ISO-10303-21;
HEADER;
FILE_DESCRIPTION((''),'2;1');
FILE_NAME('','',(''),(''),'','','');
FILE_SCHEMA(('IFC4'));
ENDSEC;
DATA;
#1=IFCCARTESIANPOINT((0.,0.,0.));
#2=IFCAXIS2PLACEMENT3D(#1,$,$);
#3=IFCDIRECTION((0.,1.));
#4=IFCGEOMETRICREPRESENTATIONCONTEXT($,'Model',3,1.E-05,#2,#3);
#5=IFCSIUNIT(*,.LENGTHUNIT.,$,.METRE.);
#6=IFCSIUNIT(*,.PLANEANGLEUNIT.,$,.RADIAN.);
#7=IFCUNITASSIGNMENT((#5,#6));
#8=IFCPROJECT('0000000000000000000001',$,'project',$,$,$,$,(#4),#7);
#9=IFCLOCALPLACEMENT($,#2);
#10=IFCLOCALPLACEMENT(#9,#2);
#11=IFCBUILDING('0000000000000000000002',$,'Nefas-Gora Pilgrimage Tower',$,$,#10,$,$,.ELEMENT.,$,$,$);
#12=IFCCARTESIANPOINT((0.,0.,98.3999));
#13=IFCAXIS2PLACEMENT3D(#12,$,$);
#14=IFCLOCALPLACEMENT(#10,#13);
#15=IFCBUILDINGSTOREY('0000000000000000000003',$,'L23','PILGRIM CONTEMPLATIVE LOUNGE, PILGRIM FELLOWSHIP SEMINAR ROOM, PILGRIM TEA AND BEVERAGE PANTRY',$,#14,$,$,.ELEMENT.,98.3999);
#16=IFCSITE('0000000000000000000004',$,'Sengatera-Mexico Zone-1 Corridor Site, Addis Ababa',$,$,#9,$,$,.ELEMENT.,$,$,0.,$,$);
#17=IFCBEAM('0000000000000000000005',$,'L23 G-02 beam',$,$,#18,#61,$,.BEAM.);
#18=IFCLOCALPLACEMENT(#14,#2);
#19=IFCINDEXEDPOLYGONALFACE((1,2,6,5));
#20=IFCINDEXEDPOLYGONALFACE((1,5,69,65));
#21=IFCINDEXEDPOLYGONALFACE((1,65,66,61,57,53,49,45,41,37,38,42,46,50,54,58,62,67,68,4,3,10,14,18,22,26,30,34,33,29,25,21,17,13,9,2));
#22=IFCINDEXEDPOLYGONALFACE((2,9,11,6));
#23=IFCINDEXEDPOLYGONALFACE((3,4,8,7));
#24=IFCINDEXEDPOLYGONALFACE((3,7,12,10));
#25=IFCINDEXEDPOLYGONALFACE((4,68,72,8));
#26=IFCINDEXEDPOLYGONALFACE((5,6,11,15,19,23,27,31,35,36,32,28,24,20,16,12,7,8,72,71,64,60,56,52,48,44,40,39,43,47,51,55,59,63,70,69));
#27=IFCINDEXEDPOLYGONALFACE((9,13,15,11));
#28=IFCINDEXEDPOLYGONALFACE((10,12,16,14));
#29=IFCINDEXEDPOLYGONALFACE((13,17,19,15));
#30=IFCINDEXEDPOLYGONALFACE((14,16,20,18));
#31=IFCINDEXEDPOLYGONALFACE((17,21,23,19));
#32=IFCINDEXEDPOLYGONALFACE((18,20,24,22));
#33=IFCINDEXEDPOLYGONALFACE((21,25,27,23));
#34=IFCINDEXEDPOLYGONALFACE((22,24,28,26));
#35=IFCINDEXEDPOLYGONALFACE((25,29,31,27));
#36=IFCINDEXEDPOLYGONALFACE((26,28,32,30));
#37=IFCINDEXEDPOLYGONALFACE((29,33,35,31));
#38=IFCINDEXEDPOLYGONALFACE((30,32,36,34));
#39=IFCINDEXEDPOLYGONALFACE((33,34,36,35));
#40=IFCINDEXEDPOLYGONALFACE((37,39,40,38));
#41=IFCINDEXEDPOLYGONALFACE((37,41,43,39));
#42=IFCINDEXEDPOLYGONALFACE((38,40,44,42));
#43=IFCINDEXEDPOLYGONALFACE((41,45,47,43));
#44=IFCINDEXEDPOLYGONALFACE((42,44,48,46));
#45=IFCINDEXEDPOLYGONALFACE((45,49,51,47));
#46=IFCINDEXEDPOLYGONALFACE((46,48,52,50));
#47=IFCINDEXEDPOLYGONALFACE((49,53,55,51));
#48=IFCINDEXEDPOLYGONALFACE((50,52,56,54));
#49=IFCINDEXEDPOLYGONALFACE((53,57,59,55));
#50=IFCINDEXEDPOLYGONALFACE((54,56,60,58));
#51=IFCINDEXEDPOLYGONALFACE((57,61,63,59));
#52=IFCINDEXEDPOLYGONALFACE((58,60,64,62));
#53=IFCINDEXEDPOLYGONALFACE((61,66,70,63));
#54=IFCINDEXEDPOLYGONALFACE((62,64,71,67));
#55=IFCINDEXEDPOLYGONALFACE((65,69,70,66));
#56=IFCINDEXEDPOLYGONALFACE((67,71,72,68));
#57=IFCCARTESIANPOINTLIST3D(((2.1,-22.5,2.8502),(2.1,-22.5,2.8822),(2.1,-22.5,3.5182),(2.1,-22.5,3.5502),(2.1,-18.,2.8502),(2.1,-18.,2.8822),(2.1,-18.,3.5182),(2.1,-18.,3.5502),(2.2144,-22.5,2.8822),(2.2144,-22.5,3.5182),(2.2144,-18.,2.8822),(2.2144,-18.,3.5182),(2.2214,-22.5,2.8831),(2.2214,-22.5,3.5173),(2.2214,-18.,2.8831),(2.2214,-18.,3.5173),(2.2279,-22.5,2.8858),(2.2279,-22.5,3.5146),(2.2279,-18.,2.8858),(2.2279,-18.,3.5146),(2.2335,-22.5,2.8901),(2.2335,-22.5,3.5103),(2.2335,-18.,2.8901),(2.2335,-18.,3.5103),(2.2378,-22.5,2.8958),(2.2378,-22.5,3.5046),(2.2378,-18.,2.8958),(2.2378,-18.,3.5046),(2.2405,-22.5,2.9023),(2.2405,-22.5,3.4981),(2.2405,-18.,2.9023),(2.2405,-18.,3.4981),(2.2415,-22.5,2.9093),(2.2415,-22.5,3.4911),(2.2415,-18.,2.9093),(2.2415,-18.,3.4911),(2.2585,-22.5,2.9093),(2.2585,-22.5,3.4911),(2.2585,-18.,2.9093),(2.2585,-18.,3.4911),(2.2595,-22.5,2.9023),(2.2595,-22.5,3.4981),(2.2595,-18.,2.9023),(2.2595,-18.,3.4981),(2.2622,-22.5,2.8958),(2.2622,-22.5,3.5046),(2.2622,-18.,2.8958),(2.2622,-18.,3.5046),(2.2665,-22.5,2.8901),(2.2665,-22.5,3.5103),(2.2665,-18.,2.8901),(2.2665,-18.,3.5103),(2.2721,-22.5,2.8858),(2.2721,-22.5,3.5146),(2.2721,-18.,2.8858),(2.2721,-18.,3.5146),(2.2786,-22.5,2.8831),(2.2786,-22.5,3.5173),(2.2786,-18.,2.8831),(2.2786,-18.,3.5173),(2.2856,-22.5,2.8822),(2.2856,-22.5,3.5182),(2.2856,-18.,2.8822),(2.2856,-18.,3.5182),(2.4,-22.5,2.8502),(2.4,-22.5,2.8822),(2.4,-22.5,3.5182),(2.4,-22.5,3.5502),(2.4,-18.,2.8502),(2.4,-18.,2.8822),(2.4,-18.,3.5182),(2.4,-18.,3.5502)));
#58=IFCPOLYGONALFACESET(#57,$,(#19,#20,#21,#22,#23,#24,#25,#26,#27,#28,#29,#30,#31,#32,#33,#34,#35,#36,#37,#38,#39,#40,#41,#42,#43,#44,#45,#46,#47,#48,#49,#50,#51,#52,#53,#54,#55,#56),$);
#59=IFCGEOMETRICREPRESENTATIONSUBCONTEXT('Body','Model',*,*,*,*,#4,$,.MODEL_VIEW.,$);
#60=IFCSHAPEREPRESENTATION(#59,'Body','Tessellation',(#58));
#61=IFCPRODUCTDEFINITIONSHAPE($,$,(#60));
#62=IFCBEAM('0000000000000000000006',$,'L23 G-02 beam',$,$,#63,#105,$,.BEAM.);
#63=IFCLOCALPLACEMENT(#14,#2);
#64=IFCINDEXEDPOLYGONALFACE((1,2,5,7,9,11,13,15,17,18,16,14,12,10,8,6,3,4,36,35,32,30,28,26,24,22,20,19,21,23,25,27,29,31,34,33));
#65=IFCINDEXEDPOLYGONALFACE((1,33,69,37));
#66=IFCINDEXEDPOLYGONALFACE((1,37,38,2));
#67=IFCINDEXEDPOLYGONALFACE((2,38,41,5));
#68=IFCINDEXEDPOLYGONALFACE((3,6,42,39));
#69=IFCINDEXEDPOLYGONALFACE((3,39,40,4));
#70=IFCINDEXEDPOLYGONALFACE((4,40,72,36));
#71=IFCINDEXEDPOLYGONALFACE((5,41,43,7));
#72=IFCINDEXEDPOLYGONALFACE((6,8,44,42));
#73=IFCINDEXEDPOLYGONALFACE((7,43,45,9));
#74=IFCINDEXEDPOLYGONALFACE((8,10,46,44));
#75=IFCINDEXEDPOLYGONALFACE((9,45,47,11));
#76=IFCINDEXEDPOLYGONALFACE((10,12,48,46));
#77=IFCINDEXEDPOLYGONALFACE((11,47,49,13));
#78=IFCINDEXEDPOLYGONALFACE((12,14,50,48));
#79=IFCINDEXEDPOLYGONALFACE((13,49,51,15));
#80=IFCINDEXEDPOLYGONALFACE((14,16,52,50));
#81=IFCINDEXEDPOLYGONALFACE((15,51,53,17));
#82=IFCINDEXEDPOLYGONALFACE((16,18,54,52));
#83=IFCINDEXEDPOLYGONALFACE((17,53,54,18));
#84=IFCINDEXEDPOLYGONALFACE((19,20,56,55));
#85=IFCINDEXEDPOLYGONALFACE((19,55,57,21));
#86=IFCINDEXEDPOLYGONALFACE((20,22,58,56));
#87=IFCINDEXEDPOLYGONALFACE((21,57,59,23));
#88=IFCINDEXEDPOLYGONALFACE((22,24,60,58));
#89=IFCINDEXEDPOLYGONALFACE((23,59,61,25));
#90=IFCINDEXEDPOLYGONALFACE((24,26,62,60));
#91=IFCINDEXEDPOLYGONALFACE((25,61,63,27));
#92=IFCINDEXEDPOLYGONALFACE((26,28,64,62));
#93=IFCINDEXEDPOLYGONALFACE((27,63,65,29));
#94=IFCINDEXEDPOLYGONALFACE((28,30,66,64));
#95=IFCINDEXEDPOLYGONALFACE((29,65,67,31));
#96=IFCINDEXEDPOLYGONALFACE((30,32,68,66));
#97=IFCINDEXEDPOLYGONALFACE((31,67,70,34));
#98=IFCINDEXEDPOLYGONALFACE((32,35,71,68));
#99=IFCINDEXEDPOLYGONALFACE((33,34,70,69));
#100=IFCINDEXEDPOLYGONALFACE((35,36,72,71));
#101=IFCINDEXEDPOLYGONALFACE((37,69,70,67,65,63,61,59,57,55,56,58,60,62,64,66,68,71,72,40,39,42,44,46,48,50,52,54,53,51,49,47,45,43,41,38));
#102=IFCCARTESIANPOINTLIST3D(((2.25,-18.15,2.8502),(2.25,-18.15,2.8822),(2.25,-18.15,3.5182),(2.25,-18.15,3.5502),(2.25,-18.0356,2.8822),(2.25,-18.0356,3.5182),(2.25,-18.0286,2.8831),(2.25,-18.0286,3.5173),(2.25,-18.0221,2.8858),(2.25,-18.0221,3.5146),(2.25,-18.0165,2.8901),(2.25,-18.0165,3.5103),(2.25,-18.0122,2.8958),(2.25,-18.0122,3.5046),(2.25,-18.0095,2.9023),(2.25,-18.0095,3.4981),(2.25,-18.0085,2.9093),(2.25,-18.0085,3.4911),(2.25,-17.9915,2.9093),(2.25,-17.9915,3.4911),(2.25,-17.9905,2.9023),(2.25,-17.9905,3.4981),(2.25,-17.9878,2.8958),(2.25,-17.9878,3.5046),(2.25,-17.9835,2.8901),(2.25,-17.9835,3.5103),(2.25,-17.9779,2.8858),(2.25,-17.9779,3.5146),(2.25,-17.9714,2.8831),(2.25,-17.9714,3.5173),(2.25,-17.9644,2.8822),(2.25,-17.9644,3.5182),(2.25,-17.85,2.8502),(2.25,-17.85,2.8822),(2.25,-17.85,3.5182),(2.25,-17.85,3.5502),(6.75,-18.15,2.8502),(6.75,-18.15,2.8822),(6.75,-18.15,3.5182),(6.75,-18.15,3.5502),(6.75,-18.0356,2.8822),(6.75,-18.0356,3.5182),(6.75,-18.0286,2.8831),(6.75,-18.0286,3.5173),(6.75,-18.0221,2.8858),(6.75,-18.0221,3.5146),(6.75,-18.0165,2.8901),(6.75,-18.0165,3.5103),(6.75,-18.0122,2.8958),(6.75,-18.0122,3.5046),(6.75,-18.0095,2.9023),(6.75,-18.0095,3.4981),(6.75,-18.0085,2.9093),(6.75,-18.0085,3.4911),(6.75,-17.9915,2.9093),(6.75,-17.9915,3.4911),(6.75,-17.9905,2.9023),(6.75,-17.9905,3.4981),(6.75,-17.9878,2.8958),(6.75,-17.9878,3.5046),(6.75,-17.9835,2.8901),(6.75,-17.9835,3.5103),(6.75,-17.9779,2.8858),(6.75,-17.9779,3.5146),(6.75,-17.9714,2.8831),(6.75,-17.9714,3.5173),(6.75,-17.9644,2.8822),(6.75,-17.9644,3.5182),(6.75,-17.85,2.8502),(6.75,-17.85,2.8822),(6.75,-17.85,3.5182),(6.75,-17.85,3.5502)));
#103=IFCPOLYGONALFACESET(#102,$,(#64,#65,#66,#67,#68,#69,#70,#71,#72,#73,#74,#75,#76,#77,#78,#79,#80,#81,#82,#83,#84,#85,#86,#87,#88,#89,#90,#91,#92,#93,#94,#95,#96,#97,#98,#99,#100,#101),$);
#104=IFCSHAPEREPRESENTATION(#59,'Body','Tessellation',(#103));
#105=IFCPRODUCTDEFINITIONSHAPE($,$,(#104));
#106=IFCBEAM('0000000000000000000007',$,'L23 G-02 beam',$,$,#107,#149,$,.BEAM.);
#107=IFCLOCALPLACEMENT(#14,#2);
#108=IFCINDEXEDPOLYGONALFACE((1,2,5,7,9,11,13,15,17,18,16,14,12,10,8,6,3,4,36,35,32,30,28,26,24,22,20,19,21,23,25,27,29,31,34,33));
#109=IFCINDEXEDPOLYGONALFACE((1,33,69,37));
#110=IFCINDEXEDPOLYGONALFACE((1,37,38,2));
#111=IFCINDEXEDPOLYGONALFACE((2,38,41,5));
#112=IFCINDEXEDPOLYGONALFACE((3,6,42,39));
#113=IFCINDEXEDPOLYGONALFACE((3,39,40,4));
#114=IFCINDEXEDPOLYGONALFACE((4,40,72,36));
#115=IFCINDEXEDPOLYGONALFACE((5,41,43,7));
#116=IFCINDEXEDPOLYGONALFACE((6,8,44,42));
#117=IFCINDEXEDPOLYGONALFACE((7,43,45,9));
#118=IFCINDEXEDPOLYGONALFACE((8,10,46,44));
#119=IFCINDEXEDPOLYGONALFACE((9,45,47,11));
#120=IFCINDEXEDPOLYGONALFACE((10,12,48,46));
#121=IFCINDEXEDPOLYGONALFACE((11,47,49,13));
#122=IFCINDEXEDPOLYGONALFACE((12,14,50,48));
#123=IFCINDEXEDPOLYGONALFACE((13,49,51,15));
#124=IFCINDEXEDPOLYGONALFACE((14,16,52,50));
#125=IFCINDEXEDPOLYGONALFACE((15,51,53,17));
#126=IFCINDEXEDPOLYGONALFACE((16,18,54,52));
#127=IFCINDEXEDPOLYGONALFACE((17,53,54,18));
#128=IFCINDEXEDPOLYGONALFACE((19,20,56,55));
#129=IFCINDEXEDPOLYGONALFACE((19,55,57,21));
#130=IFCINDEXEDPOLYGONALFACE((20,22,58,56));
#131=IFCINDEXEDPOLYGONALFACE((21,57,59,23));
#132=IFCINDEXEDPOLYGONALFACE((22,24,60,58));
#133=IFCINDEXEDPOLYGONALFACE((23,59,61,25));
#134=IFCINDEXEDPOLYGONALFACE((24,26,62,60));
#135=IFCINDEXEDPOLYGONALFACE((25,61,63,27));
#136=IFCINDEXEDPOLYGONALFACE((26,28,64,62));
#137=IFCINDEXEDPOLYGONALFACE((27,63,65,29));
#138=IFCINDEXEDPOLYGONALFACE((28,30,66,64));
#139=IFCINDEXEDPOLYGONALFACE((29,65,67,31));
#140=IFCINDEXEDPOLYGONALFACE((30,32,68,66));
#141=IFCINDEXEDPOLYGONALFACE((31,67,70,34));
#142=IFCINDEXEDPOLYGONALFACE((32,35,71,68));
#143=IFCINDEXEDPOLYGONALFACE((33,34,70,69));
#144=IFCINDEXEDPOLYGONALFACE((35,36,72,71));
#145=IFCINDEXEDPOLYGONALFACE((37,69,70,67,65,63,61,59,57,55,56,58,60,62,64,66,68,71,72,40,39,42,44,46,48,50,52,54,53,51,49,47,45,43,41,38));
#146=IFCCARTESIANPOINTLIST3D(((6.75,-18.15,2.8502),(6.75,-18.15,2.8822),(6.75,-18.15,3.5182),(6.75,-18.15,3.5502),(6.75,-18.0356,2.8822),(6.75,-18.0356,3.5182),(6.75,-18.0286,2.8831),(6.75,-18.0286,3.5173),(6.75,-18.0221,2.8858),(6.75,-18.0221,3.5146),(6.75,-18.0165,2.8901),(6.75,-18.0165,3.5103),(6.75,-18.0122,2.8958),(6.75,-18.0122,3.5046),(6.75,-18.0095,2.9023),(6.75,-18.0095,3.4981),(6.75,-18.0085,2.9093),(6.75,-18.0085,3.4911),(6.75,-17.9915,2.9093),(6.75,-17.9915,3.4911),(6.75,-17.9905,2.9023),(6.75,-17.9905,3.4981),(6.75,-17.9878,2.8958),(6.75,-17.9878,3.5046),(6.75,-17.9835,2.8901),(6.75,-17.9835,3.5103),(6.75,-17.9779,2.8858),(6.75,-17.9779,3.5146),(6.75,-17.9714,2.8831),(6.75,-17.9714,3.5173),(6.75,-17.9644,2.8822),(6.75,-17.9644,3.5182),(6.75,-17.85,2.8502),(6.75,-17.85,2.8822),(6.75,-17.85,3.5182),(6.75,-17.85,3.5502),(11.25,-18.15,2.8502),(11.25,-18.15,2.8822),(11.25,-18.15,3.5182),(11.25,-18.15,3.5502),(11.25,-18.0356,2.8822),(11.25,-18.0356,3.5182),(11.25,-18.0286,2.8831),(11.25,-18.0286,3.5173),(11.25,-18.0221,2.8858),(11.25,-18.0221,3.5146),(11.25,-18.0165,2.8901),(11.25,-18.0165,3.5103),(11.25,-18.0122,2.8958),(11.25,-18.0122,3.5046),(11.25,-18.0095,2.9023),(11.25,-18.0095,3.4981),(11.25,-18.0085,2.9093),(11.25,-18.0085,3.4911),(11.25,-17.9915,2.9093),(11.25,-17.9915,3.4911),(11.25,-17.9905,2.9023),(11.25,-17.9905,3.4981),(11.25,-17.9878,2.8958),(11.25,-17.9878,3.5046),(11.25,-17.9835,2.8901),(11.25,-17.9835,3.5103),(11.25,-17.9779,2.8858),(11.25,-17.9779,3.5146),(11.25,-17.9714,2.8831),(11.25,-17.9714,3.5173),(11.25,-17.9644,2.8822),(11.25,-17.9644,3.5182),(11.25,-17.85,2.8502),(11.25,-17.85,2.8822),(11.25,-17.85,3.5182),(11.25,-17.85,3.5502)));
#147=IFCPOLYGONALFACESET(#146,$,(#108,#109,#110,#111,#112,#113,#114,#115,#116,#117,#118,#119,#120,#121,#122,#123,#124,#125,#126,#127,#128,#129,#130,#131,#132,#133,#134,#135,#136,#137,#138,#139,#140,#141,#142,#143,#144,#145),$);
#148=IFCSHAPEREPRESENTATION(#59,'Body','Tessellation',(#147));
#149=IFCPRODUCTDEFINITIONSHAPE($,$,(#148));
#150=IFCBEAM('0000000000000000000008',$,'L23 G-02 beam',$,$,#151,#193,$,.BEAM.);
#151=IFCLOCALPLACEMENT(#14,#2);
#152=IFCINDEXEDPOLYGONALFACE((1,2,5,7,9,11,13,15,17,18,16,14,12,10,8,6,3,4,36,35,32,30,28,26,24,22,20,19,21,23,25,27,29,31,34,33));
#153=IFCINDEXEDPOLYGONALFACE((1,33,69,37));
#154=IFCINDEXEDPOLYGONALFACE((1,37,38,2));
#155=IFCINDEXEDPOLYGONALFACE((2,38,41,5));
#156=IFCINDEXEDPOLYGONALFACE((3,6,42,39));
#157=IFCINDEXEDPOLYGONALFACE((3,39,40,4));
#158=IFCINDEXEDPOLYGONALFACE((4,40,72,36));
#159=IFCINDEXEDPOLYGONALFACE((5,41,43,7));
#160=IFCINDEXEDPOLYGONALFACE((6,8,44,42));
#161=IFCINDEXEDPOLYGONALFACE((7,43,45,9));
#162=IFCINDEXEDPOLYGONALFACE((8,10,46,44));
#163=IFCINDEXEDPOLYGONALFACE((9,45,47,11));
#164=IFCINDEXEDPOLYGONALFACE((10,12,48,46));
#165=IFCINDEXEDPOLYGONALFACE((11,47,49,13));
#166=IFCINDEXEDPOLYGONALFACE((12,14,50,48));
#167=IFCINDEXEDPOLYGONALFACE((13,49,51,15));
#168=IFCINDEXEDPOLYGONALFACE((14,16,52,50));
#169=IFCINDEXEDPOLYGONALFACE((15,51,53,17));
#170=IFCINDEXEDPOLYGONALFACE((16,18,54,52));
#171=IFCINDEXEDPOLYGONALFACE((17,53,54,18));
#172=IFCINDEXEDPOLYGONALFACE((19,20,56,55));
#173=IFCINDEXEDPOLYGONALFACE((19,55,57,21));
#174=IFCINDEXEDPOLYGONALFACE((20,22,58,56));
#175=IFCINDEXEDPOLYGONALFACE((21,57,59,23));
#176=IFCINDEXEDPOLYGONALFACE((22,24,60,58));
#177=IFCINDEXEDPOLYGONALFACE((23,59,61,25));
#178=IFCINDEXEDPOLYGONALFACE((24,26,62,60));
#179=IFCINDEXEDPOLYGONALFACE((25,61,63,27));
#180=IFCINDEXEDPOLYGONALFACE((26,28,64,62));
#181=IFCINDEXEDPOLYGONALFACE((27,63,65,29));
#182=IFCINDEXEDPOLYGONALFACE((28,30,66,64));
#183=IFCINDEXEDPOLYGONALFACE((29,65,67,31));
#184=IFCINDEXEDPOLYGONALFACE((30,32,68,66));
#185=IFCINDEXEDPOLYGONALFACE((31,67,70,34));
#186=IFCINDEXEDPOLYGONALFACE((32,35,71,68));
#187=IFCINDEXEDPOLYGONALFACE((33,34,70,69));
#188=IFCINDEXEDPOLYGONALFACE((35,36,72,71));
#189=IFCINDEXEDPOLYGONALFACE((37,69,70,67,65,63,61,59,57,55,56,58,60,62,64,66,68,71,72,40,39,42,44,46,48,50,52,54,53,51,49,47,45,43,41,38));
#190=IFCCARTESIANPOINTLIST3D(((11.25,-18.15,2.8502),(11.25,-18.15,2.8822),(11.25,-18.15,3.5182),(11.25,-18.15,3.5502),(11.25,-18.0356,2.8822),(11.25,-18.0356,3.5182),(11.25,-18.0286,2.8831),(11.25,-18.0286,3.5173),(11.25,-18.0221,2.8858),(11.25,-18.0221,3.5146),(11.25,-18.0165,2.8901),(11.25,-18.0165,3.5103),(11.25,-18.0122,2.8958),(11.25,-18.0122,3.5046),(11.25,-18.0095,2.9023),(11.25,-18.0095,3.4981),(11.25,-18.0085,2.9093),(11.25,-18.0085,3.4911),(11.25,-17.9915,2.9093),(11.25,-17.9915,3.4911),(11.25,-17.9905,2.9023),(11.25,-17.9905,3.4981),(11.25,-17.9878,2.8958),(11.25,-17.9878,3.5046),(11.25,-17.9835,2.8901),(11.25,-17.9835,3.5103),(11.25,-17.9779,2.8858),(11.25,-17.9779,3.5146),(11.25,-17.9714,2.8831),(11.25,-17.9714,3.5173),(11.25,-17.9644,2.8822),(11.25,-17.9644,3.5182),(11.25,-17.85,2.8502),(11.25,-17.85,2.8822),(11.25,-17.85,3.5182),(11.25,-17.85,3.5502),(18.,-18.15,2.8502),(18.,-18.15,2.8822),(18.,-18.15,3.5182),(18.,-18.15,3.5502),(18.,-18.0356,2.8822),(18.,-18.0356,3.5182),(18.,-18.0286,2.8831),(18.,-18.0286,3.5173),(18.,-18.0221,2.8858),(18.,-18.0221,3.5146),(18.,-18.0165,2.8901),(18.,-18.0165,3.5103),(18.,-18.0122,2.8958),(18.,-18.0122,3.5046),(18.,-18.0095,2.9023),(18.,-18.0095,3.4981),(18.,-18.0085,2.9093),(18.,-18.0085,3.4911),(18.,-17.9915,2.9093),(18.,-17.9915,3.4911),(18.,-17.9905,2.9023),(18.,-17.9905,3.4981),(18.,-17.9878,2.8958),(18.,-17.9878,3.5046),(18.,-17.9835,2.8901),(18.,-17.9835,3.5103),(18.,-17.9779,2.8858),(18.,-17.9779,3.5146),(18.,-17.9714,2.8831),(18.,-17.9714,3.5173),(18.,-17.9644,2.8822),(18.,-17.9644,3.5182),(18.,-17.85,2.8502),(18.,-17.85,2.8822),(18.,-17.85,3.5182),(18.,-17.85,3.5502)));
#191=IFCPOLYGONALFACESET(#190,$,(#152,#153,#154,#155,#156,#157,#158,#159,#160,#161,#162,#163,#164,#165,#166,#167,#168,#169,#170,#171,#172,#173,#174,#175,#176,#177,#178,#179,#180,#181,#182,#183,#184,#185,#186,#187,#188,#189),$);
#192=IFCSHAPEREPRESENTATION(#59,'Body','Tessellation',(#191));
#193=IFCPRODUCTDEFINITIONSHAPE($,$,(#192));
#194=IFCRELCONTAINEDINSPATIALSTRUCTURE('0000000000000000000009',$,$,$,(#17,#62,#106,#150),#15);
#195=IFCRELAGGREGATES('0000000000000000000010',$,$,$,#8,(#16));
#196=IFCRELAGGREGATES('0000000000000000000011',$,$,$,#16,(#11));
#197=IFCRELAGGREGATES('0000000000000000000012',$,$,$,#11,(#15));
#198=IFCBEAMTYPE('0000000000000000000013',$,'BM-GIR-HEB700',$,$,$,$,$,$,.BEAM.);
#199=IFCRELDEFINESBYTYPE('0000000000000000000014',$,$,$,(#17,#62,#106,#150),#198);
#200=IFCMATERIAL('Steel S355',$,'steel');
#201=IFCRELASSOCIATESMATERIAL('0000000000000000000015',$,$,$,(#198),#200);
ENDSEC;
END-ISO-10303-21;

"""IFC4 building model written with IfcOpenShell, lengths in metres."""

from ifc_helpers import new_model, si_unit, direction, frame, origin, origin_2d, place, context, subcontext, project, spatial, i_section, extrude, source, transform, mapped, material, material_profile, profile_set, type_object, element, save


model = new_model("IFC4")

# Units and contexts
model_context = context("Model", 3, precision=1e-05, world=origin(), true_north=direction((0.0, 1.0)))
body_context = subcontext(model_context, "Body", "Model", "MODEL_VIEW")
ifc_project = project(units=[si_unit("LENGTHUNIT", "METRE"), si_unit("PLANEANGLEUNIT", "RADIAN")], contexts=[model_context])

# Site, building, storey
site_placement = place(None, origin())
site = spatial("IfcSite", under=ifc_project, at=site_placement, Name="Sengatera-Mexico Zone-1 Corridor Site, Addis Ababa", CompositionType="ELEMENT", RefElevation=0.0)
building_placement = place(site_placement, origin())
building = spatial("IfcBuilding", under=site, at=building_placement, Name="Nefas-Gora Pilgrimage Tower", CompositionType="ELEMENT")
storey_placement = place(building_placement, frame((0.0, 0.0, 98.3999)))
storey = spatial("IfcBuildingStorey", under=building, at=storey_placement, Name="L23", Description="PILGRIM CONTEMPLATIVE LOUNGE, PILGRIM FELLOWSHIP SEMINAR ROOM, PILGRIM TEA AND BEVERAGE PANTRY", CompositionType="ELEMENT", Elevation=98.3999)

# Beams
ifc_material_1 = material(Name="Steel S355", Category="steel")
ifc_material_profile_1 = material_profile(ifc_material_1, i_section(OverallWidth=0.3, OverallDepth=0.7, WebThickness=0.0171, FlangeThickness=0.032, FilletRadius=0.0271, at=origin_2d()), Name="HEB 700")
ifc_profile_set_1 = profile_set([ifc_material_profile_1], Name="Steel S355")
beam_type_1 = type_object("IfcBeamType", Name="BM-GIR-HEB700", PredefinedType="BEAM", material=ifc_profile_set_1)
shared_shape_1 = source(origin(), body_context, "Body", "SweptSolid", [
    extrude(i_section(OverallWidth=0.3, OverallDepth=0.7, WebThickness=0.0171, FlangeThickness=0.032, FilletRadius=0.0271, at=origin_2d()), origin(), (0.0, 0.0, 1.0), 4.5),
])
for number, where, z_axis, x_axis, name in (
    (1, (2.25, -22.5, 3.2002), (0.0, 1.0, 0.0), (-1.0, 0.0, 0.0), "L23 G-02 beam"),
    (2, (2.25, -18.0, 3.2002), (1.0, 0.0, 0.0), (0.0, 1.0, 0.0), "L23 G-02 beam"),
    (3, (6.75, -18.0, 3.2002), (1.0, 0.0, 0.0), (0.0, 1.0, 0.0), "L23 G-02 beam"),
):
    element("IfcBeam", number, at=place(storey_placement, frame(where, z_axis=z_axis, x_axis=x_axis)), inside=storey, type_object=beam_type_1, Name=name, PredefinedType="BEAM", context=body_context, shape_type="MappedRepresentation", body=[
        mapped(shared_shape_1, transform((0.0, 0.0, 0.0), x_axis=(1.0, 0.0, 0.0), y_axis=(0.0, 1.0, 0.0), z_axis=(0.0, 0.0, 1.0), scale=1.0)),
    ])
shared_shape_2 = source(origin(), body_context, "Body", "SweptSolid", [
    extrude(i_section(OverallWidth=0.3, OverallDepth=0.7, WebThickness=0.0171, FlangeThickness=0.032, FilletRadius=0.0271, at=origin_2d()), origin(), (0.0, 0.0, 1.0), 6.75),
])
beam_1_placement = place(storey_placement, frame((11.25, -18.0, 3.2002), z_axis=(1.0, 0.0, 0.0), x_axis=(0.0, 1.0, 0.0)))
element("IfcBeam", 4, at=beam_1_placement, inside=storey, type_object=beam_type_1, Name="L23 G-02 beam", PredefinedType="BEAM", context=body_context, shape_type="MappedRepresentation", body=[
    mapped(shared_shape_2, transform((0.0, 0.0, 0.0), x_axis=(1.0, 0.0, 0.0), y_axis=(0.0, 1.0, 0.0), z_axis=(0.0, 0.0, 1.0), scale=1.0)),
])

save(model, "model.ifc")
